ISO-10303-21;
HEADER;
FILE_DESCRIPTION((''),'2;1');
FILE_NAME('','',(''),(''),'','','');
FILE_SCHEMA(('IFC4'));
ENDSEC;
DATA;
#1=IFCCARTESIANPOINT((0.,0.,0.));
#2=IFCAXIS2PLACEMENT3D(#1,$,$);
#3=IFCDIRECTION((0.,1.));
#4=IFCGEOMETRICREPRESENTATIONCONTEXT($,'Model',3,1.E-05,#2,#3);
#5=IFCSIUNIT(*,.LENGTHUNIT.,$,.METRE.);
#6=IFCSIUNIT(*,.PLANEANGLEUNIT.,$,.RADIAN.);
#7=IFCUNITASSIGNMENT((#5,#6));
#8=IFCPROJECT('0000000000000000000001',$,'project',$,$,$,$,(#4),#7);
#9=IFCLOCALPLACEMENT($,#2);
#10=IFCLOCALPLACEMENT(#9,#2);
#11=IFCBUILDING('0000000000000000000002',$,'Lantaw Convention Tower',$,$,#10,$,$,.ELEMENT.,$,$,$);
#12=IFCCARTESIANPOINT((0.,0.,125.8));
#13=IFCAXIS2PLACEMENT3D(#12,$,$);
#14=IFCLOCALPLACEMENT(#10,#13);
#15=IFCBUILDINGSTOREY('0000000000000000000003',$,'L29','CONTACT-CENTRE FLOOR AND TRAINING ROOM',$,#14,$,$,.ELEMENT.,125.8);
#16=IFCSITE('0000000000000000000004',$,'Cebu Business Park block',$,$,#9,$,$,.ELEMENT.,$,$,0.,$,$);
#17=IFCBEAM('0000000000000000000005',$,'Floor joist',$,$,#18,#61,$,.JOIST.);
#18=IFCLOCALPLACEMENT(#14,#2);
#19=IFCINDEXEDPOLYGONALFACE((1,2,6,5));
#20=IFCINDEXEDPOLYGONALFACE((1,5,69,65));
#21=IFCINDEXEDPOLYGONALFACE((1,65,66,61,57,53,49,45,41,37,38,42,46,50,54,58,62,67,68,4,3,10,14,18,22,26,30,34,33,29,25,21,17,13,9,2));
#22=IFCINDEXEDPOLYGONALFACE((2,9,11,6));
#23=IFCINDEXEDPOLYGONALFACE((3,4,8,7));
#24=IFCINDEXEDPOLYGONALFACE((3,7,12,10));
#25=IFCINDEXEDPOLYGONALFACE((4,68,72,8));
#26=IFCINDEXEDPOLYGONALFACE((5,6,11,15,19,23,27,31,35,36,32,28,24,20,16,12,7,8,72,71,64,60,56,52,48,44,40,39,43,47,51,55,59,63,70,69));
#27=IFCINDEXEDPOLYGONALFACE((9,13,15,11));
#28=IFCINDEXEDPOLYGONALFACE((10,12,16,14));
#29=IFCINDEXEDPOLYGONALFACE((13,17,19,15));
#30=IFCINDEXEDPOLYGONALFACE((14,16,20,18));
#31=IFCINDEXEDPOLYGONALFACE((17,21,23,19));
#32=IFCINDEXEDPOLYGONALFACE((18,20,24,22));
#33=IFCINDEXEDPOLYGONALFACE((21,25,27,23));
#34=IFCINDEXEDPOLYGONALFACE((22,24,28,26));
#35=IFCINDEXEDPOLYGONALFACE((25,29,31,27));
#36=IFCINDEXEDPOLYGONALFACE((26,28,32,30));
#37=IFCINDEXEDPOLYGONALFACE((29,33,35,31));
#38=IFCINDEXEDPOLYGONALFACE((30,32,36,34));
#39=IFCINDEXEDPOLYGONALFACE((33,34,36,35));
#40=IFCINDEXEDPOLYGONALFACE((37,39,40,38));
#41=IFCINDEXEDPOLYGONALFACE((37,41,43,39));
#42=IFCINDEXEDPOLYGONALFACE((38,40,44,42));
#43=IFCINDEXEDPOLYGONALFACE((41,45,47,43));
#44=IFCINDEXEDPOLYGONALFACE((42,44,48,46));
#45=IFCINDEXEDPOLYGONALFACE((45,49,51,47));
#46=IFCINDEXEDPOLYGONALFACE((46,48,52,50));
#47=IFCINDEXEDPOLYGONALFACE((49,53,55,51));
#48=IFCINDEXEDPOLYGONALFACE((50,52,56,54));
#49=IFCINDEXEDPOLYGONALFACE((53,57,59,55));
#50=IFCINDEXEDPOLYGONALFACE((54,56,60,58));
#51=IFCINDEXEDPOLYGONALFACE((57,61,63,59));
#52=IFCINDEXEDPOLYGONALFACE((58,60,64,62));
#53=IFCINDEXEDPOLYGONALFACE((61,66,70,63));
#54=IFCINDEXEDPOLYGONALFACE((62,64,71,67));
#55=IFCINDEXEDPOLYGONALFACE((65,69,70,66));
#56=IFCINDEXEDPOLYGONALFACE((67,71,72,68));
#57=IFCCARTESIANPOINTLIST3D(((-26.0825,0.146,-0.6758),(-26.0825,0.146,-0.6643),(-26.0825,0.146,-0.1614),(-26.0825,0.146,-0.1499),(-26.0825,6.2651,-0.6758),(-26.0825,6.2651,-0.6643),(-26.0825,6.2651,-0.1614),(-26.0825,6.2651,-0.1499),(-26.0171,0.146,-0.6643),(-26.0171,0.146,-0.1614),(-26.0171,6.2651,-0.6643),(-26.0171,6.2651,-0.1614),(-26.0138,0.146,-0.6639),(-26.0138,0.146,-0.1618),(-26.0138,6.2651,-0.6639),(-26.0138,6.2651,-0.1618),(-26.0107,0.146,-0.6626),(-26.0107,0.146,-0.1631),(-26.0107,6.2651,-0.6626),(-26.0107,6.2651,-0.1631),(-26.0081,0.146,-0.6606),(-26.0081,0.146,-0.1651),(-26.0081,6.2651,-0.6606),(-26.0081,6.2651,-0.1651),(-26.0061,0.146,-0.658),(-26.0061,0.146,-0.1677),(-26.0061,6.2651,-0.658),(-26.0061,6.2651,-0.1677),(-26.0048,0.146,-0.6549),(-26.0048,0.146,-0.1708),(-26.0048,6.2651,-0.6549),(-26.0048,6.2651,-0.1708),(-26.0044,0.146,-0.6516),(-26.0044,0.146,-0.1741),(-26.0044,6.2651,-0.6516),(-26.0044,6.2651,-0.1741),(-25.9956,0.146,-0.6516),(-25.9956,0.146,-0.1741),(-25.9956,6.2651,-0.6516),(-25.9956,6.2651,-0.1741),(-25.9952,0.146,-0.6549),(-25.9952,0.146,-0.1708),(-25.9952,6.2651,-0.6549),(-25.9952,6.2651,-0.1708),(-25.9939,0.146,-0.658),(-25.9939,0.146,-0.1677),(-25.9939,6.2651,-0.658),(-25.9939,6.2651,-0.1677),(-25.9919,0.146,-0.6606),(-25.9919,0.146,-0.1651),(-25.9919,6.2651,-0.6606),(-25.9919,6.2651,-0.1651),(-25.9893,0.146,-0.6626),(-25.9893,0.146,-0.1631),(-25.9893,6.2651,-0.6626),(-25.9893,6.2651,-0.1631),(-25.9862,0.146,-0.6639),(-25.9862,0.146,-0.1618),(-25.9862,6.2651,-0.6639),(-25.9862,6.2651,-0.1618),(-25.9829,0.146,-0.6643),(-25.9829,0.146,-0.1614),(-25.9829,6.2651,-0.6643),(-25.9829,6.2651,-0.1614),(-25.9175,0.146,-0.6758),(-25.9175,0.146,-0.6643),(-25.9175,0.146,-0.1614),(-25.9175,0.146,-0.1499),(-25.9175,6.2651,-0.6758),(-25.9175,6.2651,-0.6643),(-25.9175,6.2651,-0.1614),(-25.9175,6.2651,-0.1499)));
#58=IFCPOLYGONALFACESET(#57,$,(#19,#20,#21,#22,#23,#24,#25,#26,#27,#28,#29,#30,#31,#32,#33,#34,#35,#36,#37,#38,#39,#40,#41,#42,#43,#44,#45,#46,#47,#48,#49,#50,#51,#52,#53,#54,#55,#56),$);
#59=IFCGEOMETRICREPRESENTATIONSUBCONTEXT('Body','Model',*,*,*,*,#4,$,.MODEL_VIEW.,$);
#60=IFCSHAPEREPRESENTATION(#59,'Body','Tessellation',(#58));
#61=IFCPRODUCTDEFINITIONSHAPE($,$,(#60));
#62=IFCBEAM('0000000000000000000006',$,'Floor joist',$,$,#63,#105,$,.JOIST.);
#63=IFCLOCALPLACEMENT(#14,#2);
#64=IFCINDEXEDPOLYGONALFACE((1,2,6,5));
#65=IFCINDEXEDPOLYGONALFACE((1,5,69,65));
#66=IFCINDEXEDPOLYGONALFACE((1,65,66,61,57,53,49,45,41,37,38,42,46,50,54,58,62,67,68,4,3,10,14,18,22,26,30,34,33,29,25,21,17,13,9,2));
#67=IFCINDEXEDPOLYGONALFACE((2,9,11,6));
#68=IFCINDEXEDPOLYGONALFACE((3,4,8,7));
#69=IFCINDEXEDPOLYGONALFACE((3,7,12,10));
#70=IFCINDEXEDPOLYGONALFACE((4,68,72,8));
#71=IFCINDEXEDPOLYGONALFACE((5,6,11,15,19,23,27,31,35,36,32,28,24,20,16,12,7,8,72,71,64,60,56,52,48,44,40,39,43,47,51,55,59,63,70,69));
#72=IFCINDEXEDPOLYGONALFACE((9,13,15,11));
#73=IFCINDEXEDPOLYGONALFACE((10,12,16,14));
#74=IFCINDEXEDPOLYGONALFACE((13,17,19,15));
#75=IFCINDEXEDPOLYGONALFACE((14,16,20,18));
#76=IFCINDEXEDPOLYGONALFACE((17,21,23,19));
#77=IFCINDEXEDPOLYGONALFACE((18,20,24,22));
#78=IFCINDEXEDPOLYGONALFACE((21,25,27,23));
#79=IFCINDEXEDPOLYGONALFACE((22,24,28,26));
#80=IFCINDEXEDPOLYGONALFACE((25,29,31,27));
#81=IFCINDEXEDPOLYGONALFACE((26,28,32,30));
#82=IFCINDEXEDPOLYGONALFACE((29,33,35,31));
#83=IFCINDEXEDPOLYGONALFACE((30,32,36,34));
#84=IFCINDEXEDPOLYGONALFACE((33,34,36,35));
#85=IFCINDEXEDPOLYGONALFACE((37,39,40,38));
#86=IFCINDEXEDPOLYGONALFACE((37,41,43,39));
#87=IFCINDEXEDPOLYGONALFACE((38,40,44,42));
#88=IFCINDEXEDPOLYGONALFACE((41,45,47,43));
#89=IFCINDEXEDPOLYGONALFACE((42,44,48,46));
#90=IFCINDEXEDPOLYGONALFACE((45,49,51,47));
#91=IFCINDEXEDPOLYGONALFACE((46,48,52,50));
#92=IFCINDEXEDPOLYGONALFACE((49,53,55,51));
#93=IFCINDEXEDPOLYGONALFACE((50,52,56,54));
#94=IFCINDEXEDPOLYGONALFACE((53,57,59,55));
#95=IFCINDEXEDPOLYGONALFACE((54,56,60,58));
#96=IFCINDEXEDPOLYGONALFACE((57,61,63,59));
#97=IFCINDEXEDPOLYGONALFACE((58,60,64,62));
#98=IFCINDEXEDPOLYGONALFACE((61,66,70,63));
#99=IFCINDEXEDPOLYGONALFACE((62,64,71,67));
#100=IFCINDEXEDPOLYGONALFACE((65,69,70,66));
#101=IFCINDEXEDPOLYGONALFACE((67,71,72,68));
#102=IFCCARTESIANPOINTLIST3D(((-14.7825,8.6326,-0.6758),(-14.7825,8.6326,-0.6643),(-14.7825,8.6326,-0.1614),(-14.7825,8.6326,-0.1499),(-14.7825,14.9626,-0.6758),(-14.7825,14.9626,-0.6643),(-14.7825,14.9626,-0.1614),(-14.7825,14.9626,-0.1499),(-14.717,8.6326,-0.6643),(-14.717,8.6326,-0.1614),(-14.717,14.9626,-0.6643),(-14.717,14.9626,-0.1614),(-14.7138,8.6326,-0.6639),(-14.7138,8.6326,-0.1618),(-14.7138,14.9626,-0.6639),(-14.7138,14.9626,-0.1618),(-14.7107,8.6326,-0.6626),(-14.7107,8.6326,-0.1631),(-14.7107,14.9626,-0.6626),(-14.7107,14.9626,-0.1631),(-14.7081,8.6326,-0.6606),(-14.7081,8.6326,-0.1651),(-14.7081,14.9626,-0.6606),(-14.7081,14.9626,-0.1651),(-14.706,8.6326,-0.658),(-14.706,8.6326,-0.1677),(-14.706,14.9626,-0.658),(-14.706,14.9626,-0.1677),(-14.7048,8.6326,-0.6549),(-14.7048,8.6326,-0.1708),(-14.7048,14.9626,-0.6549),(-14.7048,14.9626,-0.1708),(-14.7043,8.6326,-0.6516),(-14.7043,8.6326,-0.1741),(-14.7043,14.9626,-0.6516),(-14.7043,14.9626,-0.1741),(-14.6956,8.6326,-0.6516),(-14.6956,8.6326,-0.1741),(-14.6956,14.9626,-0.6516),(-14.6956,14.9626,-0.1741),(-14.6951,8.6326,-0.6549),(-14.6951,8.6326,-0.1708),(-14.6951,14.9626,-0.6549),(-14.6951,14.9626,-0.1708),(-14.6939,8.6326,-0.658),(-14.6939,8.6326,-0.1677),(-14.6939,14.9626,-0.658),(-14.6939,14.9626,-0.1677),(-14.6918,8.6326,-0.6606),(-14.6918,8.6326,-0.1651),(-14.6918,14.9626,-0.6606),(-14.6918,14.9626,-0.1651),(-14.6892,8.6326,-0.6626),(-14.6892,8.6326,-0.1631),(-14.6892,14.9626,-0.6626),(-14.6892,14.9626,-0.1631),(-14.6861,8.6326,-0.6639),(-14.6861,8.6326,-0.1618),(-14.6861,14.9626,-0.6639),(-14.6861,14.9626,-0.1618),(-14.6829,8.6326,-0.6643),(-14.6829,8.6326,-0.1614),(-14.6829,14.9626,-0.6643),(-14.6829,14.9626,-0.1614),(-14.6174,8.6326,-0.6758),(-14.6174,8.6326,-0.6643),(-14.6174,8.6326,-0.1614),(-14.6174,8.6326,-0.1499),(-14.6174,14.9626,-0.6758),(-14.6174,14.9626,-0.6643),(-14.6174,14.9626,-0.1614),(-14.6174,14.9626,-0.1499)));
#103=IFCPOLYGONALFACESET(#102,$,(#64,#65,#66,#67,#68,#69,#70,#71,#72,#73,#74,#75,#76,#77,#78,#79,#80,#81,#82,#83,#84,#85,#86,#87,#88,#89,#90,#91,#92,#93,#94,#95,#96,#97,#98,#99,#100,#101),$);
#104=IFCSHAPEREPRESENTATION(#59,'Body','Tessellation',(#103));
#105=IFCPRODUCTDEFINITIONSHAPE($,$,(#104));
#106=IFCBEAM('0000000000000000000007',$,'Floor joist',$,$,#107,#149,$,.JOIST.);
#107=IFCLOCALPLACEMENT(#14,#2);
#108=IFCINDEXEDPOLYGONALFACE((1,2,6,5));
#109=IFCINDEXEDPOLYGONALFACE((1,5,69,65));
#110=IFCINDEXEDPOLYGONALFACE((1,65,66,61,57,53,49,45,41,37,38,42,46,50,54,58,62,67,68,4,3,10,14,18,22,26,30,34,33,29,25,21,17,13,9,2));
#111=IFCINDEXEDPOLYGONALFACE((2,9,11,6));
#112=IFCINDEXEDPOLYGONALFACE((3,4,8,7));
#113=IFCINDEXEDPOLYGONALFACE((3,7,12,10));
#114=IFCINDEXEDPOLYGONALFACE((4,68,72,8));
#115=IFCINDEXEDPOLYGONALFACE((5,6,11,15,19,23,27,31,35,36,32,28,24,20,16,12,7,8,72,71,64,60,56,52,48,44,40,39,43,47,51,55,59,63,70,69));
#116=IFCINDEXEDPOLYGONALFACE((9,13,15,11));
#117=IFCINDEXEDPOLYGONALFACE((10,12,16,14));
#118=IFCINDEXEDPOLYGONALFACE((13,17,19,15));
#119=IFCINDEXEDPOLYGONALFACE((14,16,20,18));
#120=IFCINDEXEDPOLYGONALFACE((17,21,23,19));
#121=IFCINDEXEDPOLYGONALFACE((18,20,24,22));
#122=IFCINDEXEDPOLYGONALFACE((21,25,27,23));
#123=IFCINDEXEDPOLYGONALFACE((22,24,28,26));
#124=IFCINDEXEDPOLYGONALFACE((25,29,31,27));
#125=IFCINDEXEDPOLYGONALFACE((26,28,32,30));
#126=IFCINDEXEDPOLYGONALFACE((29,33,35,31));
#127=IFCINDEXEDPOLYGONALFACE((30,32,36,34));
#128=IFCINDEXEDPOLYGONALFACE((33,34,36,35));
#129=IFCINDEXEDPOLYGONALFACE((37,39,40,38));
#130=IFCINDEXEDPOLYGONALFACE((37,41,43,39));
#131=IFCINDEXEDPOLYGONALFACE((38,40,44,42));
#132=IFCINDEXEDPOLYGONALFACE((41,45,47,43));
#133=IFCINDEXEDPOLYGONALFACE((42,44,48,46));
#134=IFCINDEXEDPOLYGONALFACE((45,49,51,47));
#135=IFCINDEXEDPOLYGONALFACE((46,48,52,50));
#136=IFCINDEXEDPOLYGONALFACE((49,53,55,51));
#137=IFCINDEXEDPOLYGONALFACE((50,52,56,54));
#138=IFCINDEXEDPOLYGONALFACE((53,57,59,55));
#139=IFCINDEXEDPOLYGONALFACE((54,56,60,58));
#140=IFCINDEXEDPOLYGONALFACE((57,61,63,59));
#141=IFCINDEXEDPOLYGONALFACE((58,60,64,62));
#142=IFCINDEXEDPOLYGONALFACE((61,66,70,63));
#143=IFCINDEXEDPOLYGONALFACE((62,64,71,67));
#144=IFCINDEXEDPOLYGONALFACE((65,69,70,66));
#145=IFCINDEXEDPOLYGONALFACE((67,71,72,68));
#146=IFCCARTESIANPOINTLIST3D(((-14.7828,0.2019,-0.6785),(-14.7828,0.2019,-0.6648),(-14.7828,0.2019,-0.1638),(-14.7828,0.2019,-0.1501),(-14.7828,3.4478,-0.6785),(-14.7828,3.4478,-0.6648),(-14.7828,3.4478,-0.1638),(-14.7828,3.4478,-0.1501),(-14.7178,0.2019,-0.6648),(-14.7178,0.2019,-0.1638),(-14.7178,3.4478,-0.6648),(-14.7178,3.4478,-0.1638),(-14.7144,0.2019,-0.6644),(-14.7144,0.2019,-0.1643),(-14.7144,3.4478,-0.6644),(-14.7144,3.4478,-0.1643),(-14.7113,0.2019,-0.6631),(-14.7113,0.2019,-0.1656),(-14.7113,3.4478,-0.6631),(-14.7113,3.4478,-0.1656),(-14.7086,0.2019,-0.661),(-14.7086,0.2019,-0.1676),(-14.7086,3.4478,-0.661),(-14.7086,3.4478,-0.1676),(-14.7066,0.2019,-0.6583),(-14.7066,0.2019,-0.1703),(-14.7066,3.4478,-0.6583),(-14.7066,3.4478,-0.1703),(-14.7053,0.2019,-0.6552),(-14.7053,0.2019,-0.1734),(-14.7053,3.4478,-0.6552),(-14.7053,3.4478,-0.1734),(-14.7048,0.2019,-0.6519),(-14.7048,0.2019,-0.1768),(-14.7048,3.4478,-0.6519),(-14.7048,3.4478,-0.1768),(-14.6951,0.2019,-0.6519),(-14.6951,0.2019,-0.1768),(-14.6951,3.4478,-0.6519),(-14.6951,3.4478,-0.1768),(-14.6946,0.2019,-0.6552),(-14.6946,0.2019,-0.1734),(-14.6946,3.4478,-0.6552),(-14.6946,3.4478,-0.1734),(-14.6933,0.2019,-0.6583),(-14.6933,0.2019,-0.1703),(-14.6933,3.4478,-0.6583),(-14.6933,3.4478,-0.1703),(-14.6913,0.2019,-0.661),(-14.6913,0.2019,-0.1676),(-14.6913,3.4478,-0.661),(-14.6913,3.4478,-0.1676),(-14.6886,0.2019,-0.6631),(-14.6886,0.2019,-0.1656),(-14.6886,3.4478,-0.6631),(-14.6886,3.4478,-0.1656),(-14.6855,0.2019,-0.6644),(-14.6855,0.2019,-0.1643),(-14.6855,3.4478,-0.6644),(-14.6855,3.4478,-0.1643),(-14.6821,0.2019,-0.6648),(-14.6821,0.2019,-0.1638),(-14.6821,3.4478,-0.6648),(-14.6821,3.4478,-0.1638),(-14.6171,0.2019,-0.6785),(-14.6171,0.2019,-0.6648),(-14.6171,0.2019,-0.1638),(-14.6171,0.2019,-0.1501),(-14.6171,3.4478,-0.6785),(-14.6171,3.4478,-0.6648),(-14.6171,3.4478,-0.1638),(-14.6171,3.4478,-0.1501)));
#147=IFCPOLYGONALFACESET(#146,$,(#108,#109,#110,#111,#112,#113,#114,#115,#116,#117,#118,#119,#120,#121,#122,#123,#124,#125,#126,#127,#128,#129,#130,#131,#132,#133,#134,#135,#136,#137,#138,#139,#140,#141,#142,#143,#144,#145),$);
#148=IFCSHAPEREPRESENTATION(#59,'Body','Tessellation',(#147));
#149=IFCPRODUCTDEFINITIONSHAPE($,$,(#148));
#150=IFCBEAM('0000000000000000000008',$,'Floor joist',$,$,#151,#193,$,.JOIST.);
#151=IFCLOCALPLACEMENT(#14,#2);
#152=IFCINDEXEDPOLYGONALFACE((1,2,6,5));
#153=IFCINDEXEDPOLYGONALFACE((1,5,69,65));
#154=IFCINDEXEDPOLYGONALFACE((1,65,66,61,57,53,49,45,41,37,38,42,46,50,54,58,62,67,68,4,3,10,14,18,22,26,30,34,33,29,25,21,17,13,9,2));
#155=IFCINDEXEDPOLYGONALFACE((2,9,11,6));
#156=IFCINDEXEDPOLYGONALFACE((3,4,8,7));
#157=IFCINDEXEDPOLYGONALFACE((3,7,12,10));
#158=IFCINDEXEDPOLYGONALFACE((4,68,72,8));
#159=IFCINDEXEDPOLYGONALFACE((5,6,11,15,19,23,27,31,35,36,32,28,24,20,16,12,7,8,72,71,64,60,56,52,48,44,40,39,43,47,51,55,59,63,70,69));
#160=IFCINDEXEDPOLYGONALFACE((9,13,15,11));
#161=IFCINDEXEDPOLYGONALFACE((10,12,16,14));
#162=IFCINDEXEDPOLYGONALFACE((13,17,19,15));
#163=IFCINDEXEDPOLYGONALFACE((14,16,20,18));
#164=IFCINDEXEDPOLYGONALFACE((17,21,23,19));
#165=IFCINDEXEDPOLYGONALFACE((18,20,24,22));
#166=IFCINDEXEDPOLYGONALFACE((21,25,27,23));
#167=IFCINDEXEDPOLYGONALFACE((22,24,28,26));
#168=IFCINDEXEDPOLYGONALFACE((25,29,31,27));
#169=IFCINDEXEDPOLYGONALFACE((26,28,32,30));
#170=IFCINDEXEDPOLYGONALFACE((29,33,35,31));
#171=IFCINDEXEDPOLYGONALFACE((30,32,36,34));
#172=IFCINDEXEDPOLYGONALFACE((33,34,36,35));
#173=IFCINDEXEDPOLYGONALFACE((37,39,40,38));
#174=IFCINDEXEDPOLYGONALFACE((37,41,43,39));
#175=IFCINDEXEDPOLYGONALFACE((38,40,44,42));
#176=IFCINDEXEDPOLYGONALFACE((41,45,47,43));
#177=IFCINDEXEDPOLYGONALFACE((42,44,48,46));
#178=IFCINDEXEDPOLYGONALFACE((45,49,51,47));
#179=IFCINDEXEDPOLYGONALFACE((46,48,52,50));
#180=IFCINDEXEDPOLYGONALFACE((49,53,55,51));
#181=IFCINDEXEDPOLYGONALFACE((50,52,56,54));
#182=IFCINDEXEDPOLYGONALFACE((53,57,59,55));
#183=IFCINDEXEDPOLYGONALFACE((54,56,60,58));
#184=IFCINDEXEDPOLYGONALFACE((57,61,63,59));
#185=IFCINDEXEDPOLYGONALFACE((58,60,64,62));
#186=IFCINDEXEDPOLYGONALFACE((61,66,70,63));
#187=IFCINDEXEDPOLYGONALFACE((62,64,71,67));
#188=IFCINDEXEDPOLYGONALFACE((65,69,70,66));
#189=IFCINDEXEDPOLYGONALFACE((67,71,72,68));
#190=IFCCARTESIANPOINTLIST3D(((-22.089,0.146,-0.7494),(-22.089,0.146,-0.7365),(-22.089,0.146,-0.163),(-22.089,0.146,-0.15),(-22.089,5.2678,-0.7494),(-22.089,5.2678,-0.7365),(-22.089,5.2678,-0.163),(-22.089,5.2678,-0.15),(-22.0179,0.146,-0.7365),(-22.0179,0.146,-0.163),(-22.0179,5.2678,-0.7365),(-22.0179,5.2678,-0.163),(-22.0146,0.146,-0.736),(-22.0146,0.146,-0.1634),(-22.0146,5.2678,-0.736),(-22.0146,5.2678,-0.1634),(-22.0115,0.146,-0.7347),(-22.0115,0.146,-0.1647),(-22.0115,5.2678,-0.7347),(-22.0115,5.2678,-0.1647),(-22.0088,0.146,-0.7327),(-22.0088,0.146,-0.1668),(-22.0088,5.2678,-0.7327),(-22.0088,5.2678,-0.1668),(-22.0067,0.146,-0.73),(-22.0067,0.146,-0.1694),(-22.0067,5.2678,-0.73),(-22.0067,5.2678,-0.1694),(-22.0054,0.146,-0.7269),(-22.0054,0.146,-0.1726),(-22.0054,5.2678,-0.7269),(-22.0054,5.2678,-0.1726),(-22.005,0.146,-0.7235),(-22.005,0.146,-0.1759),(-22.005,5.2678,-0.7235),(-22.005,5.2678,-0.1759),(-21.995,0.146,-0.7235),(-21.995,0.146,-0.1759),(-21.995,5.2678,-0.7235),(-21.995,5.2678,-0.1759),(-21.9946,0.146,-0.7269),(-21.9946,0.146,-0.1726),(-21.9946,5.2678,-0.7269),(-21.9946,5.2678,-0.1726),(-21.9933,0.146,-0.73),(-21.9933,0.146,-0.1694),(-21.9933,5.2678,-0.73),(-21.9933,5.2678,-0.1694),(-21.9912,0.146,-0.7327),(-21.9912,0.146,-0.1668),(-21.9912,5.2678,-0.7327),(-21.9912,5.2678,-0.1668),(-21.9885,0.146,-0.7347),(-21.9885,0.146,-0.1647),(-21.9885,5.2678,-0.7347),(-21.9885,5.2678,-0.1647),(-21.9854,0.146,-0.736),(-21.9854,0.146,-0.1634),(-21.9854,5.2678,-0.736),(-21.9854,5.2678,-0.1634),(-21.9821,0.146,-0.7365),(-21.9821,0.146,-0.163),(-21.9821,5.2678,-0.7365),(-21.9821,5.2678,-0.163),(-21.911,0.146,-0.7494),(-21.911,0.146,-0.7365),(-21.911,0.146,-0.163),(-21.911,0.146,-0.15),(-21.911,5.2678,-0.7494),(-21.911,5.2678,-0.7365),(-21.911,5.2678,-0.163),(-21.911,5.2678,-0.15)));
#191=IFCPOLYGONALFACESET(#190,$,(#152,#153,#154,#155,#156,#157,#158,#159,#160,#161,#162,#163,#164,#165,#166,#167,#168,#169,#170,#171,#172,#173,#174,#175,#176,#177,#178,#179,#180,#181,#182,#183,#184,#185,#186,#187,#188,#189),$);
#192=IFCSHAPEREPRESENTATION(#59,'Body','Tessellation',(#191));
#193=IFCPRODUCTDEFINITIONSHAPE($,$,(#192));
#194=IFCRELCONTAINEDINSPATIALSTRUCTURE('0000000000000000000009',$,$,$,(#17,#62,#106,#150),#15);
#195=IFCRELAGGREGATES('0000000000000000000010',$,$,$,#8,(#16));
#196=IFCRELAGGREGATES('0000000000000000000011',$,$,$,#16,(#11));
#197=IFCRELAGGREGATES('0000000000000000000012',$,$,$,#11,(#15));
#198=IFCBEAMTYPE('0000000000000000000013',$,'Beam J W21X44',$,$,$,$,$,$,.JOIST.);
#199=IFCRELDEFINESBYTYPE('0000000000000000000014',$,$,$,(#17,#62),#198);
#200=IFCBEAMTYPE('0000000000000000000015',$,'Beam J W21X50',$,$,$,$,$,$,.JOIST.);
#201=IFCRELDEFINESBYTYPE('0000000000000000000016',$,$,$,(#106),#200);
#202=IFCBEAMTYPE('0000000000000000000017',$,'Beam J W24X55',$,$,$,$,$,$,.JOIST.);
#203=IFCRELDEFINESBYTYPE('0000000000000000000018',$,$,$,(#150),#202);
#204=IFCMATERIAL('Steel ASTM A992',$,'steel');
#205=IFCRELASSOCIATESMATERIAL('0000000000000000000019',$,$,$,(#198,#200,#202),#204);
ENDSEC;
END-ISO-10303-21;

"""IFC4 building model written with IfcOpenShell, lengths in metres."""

from ifc_helpers import new_model, si_unit, direction, frame, origin, origin_2d, place, context, subcontext, project, spatial, i_section, extrude, material, material_profile, profile_set, type_object, element, save


model = new_model("IFC4")

# Units and contexts
model_context = context("Model", 3, precision=1e-05, world=origin(), true_north=direction((0.0, 1.0)))
body_context = subcontext(model_context, "Body", "Model", "MODEL_VIEW")
ifc_project = project(units=[si_unit("LENGTHUNIT", "METRE"), si_unit("PLANEANGLEUNIT", "RADIAN")], contexts=[model_context])

# Site, building, storey
site_placement = place(None, origin())
site = spatial("IfcSite", under=ifc_project, at=site_placement, Name="Cebu Business Park block", CompositionType="ELEMENT", RefElevation=0.0)
building_placement = place(site_placement, origin())
building = spatial("IfcBuilding", under=site, at=building_placement, Name="Lantaw Convention Tower", CompositionType="ELEMENT")
storey_placement = place(building_placement, frame((0.0, 0.0, 125.8)))
storey = spatial("IfcBuildingStorey", under=building, at=storey_placement, Name="L29", Description="CONTACT-CENTRE FLOOR AND TRAINING ROOM", CompositionType="ELEMENT", Elevation=125.8)

# Beams
ifc_material_1 = material(Name="Steel ASTM A992", Category="steel")
ifc_material_profile_1 = material_profile(ifc_material_1, i_section(OverallWidth=0.165, OverallDepth=0.5259, WebThickness=0.0088, FlangeThickness=0.0115, FilletRadius=0.0127, at=origin_2d()), Name="W21X44")
ifc_profile_set_1 = profile_set([ifc_material_profile_1], Name="Steel ASTM A992")
beam_type_1 = type_object("IfcBeamType", Name="Beam J W21X44", PredefinedType="JOIST", material=ifc_profile_set_1)
beam_1_placement = place(storey_placement, frame((-26.0, 0.146, -0.4128), z_axis=(0.0, 1.0, 0.0), x_axis=(-1.0, 0.0, 0.0)))
element("IfcBeam", 1, at=beam_1_placement, inside=storey, type_object=beam_type_1, Name="Floor joist", PredefinedType="JOIST", context=body_context, shape_type="SweptSolid", body=[
    extrude(i_section(OverallWidth=0.165, OverallDepth=0.5259, WebThickness=0.0088, FlangeThickness=0.0115, FilletRadius=0.0127, at=origin_2d()), origin(), (0.0, 0.0, 1.0), 6.1191),
])
beam_2_placement = place(storey_placement, frame((-14.7, 8.6326, -0.4128), z_axis=(0.0, 1.0, 0.0), x_axis=(-1.0, 0.0, 0.0)))
element("IfcBeam", 2, at=beam_2_placement, inside=storey, type_object=beam_type_1, Name="Floor joist", PredefinedType="JOIST", context=body_context, shape_type="SweptSolid", body=[
    extrude(i_section(OverallWidth=0.165, OverallDepth=0.5259, WebThickness=0.0088, FlangeThickness=0.0115, FilletRadius=0.0127, at=origin_2d()), origin(), (0.0, 0.0, 1.0), 6.3301),
])
ifc_material_profile_2 = material_profile(ifc_material_1, i_section(OverallWidth=0.1658, OverallDepth=0.5283, WebThickness=0.0098, FlangeThickness=0.0137, FilletRadius=0.0129, at=origin_2d()), Name="W21X50")
ifc_profile_set_2 = profile_set([ifc_material_profile_2], Name="Steel ASTM A992")
beam_type_2 = type_object("IfcBeamType", Name="Beam J W21X50", PredefinedType="JOIST", material=ifc_profile_set_2)
beam_3_placement = place(storey_placement, frame((-14.7, 0.2019, -0.4143), z_axis=(0.0, 1.0, 0.0), x_axis=(-1.0, 0.0, 0.0)))
element("IfcBeam", 3, at=beam_3_placement, inside=storey, type_object=beam_type_2, Name="Floor joist", PredefinedType="JOIST", context=body_context, shape_type="SweptSolid", body=[
    extrude(i_section(OverallWidth=0.1658, OverallDepth=0.5283, WebThickness=0.0098, FlangeThickness=0.0137, FilletRadius=0.0129, at=origin_2d()), origin(), (0.0, 0.0, 1.0), 3.2458),
])
ifc_material_profile_3 = material_profile(ifc_material_1, i_section(OverallWidth=0.178, OverallDepth=0.5994, WebThickness=0.01, FlangeThickness=0.0129, FilletRadius=0.0129, at=origin_2d()), Name="W24X55")
ifc_profile_set_3 = profile_set([ifc_material_profile_3], Name="Steel ASTM A992")
beam_type_3 = type_object("IfcBeamType", Name="Beam J W24X55", PredefinedType="JOIST", material=ifc_profile_set_3)
beam_4_placement = place(storey_placement, frame((-22.0, 0.146, -0.4497), z_axis=(0.0, 1.0, 0.0), x_axis=(-1.0, 0.0, 0.0)))
element("IfcBeam", 4, at=beam_4_placement, inside=storey, type_object=beam_type_3, Name="Floor joist", PredefinedType="JOIST", context=body_context, shape_type="SweptSolid", body=[
    extrude(i_section(OverallWidth=0.178, OverallDepth=0.5994, WebThickness=0.01, FlangeThickness=0.0129, FilletRadius=0.0129, at=origin_2d()), origin(), (0.0, 0.0, 1.0), 5.1218),
])

save(model, "model.ifc")
